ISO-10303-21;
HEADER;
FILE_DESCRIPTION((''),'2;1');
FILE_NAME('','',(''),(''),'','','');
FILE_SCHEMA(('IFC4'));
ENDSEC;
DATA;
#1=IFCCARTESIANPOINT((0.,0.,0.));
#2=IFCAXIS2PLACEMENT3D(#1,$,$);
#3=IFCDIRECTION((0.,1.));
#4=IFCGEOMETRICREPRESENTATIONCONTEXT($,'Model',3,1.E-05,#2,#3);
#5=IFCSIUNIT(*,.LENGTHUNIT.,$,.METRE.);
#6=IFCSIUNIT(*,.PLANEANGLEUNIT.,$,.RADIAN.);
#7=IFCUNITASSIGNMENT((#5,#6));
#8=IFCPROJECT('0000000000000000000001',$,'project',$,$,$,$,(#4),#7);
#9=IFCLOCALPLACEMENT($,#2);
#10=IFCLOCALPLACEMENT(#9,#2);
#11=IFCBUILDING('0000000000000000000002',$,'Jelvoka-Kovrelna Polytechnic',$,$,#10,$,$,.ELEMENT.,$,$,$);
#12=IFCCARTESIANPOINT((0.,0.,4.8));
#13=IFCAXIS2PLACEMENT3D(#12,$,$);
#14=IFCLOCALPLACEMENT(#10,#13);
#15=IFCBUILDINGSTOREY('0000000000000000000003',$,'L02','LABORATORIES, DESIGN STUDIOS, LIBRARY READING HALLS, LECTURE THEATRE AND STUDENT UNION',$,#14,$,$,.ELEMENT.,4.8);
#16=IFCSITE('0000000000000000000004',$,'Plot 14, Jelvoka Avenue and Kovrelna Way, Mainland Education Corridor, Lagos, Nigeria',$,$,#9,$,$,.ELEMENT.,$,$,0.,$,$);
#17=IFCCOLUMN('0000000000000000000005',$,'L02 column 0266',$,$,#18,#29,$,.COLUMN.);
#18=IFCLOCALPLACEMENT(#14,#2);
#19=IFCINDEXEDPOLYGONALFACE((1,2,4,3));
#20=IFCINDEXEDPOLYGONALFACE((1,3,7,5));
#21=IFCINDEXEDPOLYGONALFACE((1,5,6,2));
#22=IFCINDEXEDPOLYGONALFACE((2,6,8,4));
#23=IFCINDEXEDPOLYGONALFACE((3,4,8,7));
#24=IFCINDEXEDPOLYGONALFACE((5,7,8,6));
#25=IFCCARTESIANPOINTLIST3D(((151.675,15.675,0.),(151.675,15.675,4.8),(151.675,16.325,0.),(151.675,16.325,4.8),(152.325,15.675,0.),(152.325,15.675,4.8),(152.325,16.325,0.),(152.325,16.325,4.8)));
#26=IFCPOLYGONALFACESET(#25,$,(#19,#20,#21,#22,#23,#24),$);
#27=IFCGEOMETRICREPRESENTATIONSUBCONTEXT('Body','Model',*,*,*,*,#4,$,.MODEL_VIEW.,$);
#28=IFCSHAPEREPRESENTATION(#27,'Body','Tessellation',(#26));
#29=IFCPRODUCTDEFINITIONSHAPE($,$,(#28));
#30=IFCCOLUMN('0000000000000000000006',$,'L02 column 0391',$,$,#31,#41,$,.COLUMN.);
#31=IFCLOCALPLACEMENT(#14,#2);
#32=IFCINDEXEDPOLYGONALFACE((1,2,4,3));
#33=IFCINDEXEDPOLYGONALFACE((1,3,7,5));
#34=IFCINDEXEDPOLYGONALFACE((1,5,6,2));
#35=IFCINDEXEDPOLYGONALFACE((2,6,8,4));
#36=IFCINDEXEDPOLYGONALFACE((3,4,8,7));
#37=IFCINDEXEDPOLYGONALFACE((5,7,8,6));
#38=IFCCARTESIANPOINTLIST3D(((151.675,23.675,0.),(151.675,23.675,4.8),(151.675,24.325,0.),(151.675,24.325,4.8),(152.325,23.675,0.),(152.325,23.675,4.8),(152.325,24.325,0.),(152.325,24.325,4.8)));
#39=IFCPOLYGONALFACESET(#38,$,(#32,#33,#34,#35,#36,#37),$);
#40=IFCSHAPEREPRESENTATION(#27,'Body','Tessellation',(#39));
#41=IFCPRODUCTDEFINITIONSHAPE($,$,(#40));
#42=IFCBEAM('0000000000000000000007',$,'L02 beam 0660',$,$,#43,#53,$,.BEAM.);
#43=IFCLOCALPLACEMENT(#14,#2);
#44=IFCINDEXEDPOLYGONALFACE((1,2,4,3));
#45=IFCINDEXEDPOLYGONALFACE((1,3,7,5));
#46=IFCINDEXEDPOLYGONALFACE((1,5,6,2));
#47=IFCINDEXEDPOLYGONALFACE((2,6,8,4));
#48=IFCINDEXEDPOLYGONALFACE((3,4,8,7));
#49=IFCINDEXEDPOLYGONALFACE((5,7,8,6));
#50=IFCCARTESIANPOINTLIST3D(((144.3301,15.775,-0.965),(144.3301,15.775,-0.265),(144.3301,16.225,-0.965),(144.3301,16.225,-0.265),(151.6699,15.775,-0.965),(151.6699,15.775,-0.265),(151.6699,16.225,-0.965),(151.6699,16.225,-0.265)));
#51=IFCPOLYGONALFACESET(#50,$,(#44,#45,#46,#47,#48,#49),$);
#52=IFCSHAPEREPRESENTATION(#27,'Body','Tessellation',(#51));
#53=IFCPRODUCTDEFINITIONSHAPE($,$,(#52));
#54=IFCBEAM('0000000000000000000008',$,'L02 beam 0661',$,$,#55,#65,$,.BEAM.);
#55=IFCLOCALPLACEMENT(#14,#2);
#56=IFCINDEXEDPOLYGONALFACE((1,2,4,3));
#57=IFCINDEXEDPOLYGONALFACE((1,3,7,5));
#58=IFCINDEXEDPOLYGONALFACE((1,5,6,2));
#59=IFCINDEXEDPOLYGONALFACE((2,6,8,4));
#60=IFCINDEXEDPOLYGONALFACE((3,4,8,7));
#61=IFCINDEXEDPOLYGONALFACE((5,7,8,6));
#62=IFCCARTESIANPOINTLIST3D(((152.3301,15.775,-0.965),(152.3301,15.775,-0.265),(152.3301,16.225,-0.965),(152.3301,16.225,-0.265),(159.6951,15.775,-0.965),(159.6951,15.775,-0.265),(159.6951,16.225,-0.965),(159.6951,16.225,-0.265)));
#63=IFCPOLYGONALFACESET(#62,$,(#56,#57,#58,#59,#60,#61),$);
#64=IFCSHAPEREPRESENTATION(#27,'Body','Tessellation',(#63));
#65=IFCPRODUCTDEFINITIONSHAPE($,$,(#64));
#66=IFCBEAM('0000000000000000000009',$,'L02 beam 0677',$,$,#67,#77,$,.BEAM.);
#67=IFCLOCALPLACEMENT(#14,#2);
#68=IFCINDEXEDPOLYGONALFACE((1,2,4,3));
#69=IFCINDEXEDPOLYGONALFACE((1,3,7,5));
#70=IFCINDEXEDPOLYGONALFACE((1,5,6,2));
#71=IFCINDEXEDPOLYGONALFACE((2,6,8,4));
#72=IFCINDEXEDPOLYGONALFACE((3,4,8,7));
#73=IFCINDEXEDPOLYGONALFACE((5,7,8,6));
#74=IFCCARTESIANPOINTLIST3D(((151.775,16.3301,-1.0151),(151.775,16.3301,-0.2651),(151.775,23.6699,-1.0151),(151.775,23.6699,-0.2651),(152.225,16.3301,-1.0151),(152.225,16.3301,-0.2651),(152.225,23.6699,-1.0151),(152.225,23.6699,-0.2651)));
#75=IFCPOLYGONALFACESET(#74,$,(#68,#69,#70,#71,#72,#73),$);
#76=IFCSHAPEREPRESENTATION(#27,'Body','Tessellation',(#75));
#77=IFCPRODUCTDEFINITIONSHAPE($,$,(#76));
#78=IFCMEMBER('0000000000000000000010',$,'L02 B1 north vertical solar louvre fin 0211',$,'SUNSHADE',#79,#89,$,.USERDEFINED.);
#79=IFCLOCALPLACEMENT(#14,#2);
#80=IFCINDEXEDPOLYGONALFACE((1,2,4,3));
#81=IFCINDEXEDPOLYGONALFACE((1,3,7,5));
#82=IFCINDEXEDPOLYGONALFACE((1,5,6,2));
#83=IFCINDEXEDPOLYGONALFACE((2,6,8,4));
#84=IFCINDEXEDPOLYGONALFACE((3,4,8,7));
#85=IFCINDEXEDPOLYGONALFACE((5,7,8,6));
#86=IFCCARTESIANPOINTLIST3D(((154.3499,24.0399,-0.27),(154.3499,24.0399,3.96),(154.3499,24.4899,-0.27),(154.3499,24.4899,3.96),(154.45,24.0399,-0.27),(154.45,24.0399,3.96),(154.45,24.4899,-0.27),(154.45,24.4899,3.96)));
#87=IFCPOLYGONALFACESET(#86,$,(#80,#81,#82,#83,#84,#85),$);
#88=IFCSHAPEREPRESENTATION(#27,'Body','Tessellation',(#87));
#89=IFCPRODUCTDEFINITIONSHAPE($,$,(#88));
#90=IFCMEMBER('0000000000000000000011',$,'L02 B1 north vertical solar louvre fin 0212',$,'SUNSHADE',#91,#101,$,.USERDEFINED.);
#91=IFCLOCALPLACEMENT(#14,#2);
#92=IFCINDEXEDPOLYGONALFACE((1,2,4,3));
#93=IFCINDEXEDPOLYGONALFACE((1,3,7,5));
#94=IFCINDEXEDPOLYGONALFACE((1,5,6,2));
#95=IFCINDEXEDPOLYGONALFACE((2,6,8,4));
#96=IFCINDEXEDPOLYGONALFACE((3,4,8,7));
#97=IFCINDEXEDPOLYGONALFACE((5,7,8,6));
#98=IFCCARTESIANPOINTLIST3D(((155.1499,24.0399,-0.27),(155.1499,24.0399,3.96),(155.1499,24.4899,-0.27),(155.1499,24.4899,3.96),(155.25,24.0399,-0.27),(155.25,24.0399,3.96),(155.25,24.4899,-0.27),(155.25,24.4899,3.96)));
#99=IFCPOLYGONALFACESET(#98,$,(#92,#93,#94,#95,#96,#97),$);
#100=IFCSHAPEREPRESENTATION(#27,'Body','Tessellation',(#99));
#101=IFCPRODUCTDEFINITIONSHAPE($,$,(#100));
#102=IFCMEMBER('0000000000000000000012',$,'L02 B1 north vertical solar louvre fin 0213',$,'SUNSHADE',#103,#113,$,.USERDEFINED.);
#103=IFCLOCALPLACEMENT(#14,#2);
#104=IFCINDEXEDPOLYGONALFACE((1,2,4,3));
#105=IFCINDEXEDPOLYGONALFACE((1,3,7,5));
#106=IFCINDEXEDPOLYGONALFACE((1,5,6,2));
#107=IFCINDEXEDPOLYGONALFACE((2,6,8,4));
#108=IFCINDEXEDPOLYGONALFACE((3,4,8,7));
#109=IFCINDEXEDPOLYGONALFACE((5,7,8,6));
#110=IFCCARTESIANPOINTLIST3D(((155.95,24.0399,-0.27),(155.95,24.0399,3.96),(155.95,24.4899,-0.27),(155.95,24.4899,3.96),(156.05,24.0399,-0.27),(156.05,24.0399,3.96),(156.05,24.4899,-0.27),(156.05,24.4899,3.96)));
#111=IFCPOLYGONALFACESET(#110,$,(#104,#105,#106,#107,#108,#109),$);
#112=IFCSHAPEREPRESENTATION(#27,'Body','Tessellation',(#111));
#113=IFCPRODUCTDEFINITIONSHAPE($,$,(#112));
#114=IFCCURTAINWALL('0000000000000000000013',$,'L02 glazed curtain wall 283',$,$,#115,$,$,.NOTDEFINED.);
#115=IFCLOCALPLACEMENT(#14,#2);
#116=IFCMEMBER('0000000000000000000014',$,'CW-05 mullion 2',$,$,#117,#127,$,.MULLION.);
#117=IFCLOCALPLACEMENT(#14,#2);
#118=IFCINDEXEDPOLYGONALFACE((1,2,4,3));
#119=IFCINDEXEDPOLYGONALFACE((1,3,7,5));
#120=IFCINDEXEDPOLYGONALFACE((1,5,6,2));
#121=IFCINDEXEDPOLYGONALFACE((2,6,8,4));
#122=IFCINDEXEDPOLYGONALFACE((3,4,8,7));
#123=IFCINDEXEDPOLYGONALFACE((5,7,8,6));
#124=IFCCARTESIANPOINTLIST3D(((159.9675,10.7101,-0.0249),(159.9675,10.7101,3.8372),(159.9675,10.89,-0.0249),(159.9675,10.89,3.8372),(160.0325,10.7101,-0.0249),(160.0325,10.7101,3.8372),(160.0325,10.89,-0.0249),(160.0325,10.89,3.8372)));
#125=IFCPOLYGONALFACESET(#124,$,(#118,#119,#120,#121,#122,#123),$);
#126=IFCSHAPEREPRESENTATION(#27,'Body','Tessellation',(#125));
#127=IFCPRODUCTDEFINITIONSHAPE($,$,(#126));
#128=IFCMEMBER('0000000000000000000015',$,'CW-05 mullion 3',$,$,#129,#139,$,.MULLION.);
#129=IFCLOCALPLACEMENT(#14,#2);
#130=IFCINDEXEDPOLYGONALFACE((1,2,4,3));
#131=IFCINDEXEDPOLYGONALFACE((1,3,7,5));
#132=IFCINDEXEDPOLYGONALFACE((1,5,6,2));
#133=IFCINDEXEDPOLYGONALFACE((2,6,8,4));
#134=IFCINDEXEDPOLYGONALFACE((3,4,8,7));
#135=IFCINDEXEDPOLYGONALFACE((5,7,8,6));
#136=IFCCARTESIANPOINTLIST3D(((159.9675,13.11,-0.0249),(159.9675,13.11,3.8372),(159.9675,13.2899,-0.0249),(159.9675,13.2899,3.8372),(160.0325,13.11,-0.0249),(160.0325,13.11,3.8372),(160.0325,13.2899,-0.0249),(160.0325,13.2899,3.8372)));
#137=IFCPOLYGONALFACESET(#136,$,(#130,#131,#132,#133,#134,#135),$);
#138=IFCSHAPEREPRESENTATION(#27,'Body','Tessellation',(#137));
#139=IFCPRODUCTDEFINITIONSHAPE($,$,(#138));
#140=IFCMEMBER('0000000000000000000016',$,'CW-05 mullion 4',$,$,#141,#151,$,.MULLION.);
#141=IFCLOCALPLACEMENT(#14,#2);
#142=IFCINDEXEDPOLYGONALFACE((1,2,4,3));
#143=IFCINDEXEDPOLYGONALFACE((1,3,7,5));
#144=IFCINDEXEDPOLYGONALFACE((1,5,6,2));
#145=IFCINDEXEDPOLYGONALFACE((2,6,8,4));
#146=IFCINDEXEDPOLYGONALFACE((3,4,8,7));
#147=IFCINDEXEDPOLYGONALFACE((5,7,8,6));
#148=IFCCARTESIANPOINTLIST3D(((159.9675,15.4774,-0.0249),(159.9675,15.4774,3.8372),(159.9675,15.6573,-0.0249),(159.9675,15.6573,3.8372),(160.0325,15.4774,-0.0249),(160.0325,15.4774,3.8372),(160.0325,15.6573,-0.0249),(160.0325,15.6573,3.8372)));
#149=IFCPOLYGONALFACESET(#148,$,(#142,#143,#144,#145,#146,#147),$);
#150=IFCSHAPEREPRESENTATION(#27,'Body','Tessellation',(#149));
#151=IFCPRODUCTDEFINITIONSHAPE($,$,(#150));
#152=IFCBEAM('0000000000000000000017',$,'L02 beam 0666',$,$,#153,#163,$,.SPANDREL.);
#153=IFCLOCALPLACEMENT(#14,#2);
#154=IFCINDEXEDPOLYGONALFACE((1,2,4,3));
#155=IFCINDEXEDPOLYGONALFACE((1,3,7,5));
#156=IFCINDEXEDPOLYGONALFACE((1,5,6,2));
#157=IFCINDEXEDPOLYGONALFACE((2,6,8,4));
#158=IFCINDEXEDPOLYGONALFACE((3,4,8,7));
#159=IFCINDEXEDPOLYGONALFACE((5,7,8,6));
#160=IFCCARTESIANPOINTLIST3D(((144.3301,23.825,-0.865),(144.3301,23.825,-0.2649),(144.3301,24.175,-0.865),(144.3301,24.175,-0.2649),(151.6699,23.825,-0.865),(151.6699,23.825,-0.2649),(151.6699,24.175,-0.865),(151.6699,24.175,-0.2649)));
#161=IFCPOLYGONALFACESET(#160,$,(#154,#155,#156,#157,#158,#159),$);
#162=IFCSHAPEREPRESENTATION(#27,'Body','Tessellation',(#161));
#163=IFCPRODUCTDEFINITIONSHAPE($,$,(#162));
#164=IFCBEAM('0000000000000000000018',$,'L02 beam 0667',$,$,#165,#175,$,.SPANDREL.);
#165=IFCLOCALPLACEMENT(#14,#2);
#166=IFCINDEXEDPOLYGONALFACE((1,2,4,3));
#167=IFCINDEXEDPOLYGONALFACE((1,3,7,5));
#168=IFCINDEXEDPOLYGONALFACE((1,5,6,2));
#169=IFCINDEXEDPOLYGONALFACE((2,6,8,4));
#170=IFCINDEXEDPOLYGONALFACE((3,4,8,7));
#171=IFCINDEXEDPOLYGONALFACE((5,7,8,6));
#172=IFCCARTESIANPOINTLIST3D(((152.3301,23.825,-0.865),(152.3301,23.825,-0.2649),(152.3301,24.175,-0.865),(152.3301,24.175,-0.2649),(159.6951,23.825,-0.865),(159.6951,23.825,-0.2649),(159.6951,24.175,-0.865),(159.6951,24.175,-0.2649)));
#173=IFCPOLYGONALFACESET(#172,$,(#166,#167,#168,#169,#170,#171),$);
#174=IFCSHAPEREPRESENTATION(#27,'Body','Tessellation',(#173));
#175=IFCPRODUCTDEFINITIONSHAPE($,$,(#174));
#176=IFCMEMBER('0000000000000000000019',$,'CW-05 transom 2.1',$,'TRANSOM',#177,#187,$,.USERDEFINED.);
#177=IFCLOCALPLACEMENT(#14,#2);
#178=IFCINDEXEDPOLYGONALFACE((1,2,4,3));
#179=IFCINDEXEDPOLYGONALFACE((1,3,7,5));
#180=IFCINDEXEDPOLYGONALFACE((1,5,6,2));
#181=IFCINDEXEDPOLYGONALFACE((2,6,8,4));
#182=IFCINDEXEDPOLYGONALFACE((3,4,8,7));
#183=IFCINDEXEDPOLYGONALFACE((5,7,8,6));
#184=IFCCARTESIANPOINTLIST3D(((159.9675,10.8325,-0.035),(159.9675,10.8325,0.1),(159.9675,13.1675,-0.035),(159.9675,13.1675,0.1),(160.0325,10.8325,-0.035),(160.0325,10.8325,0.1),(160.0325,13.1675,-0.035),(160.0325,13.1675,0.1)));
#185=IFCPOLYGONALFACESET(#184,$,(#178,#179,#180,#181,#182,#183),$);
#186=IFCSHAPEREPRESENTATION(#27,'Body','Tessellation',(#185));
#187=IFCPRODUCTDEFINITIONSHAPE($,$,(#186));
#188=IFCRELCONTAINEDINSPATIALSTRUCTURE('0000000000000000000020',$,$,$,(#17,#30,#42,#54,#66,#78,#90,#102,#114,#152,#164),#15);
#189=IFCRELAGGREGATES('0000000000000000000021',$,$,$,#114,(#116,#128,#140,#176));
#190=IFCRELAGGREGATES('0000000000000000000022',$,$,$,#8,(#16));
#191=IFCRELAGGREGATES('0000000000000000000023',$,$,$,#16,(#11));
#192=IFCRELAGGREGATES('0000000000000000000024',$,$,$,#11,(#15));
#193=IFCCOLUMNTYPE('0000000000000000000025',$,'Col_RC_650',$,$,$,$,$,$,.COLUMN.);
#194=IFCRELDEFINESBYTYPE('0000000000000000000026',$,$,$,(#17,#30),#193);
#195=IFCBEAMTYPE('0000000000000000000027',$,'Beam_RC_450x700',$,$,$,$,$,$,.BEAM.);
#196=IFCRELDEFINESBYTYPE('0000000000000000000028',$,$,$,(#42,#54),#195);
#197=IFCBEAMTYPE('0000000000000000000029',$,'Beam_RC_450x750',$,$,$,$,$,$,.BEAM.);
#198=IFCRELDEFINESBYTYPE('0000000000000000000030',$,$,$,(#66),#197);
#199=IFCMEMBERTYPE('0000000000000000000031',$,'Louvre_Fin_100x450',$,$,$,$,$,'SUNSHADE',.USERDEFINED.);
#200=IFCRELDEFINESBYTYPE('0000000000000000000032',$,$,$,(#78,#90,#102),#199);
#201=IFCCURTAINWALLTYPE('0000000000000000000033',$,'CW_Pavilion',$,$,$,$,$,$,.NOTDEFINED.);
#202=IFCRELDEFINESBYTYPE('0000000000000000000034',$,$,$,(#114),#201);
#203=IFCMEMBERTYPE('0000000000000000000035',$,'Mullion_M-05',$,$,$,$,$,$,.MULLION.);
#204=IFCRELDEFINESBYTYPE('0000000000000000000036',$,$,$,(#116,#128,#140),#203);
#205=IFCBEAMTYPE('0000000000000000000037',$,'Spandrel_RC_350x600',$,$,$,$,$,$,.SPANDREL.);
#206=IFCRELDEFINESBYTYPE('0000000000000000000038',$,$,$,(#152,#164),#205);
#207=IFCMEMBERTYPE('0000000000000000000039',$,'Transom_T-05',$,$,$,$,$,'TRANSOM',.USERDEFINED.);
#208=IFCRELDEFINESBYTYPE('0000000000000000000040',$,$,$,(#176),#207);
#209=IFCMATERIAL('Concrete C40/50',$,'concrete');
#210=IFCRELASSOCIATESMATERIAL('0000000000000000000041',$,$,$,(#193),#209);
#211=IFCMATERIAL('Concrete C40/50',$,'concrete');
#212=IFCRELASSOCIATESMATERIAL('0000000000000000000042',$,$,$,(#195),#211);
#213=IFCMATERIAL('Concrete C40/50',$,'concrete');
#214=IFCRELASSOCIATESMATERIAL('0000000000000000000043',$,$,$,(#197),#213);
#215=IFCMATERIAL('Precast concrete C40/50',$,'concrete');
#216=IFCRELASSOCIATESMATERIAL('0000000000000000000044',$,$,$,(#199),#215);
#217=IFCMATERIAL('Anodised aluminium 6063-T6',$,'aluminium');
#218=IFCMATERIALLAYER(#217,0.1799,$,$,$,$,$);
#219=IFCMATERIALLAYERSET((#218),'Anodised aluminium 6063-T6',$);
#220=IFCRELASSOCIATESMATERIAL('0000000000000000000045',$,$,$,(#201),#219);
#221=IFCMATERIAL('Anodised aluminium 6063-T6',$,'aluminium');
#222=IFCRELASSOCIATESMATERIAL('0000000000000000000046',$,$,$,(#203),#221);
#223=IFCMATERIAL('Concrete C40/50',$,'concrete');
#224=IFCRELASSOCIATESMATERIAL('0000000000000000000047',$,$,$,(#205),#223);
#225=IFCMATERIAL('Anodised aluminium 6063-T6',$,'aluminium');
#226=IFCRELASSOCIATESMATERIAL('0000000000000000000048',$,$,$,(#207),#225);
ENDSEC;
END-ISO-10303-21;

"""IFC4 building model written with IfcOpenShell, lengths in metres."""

from ifc_helpers import new_model, si_unit, direction, frame, origin, origin_2d, place, context, subcontext, project, spatial, rectangle, extrude, material, layer, layer_set, material_profile, profile_set, type_object, element, aggregate, save


model = new_model("IFC4")

# Units and contexts
model_context = context("Model", 3, precision=1e-05, world=origin(), true_north=direction((0.0, 1.0)))
body_context = subcontext(model_context, "Body", "Model", "MODEL_VIEW")
ifc_project = project(units=[si_unit("LENGTHUNIT", "METRE"), si_unit("PLANEANGLEUNIT", "RADIAN")], contexts=[model_context])

# Site, building, storey
site_placement = place(None, origin())
site = spatial("IfcSite", under=ifc_project, at=site_placement, Name="Plot 14, Jelvoka Avenue and Kovrelna Way, Mainland Education Corridor, Lagos, Nigeria", CompositionType="ELEMENT", RefElevation=0.0)
building_placement = place(site_placement, origin())
building = spatial("IfcBuilding", under=site, at=building_placement, Name="Jelvoka-Kovrelna Polytechnic", CompositionType="ELEMENT")
storey_placement = place(building_placement, frame((0.0, 0.0, 4.8)))
storey = spatial("IfcBuildingStorey", under=building, at=storey_placement, Name="L02", Description="LABORATORIES, DESIGN STUDIOS, LIBRARY READING HALLS, LECTURE THEATRE AND STUDENT UNION", CompositionType="ELEMENT", Elevation=4.8)

# Columns
ifc_material_1 = material(Name="Concrete C40/50", Category="concrete")
ifc_material_profile_1 = material_profile(ifc_material_1, rectangle(XDim=0.6499, YDim=0.6499, at=origin_2d()), Name="RC 650x650")
ifc_profile_set_1 = profile_set([ifc_material_profile_1], Name="Concrete C40/50")
column_type = type_object("IfcColumnType", Name="Col_RC_650", PredefinedType="COLUMN", material=ifc_profile_set_1)
for number, where, z_axis, x_axis, name in (
    (1, (152.0, 16.0, 0.0), (0.0, 0.0, 1.0), (1.0, 0.0, 0.0), "L02 column 0266"),
    (2, (152.0, 24.0, 0.0), (0.0, 0.0, 1.0), (1.0, 0.0, 0.0), "L02 column 0391"),
):
    element("IfcColumn", number, at=place(storey_placement, frame(where, z_axis=z_axis, x_axis=x_axis)), inside=storey, type_object=column_type, Name=name, PredefinedType="COLUMN", context=body_context, shape_type="SweptSolid", body=[
        extrude(rectangle(XDim=0.6499, YDim=0.6499, at=origin_2d()), origin(), (0.0, 0.0, 1.0), 4.8),
    ])

# Beams
ifc_material_2 = material(Name="Concrete C40/50", Category="concrete")
ifc_material_profile_2 = material_profile(ifc_material_2, rectangle(XDim=0.45, YDim=0.7, at=origin_2d()), Name="RC 450x700")
ifc_profile_set_2 = profile_set([ifc_material_profile_2], Name="Concrete C40/50")
beam_type_1 = type_object("IfcBeamType", Name="Beam_RC_450x700", PredefinedType="BEAM", material=ifc_profile_set_2)
beam_1_placement = place(storey_placement, frame((144.3301, 16.0, -0.615), z_axis=(1.0, 0.0, 0.0), x_axis=(0.0, 1.0, 0.0)))
element("IfcBeam", 3, at=beam_1_placement, inside=storey, type_object=beam_type_1, Name="L02 beam 0660", PredefinedType="BEAM", context=body_context, shape_type="SweptSolid", body=[
    extrude(rectangle(XDim=0.45, YDim=0.7, at=origin_2d()), origin(), (0.0, 0.0, 1.0), 7.3398),
])
beam_2_placement = place(storey_placement, frame((152.3301, 16.0, -0.615), z_axis=(1.0, 0.0, 0.0), x_axis=(0.0, 1.0, 0.0)))
element("IfcBeam", 4, at=beam_2_placement, inside=storey, type_object=beam_type_1, Name="L02 beam 0661", PredefinedType="BEAM", context=body_context, shape_type="SweptSolid", body=[
    extrude(rectangle(XDim=0.45, YDim=0.7, at=origin_2d()), origin(), (0.0, 0.0, 1.0), 7.365),
])
ifc_material_3 = material(Name="Concrete C40/50", Category="concrete")
ifc_material_profile_3 = material_profile(ifc_material_3, rectangle(XDim=0.45, YDim=0.75, at=origin_2d()), Name="RC 450x750")
ifc_profile_set_3 = profile_set([ifc_material_profile_3], Name="Concrete C40/50")
beam_type_2 = type_object("IfcBeamType", Name="Beam_RC_450x750", PredefinedType="BEAM", material=ifc_profile_set_3)
beam_3_placement = place(storey_placement, frame((152.0, 16.3301, -0.6401), z_axis=(0.0, 1.0, 0.0), x_axis=(-1.0, 0.0, 0.0)))
element("IfcBeam", 5, at=beam_3_placement, inside=storey, type_object=beam_type_2, Name="L02 beam 0677", PredefinedType="BEAM", context=body_context, shape_type="SweptSolid", body=[
    extrude(rectangle(XDim=0.45, YDim=0.75, at=origin_2d()), origin(), (0.0, 0.0, 1.0), 7.3398),
])

# Members
ifc_material_4 = material(Name="Precast concrete C40/50", Category="concrete")
ifc_material_profile_4 = material_profile(ifc_material_4, rectangle(XDim=0.1001, YDim=0.45, at=origin_2d()), Name="PC 100x450")
ifc_profile_set_4 = profile_set([ifc_material_profile_4], Name="Precast concrete C40/50")
member_type_1 = type_object("IfcMemberType", Name="Louvre_Fin_100x450", ElementType="SUNSHADE", PredefinedType="USERDEFINED", material=ifc_profile_set_4)
for number, where, z_axis, x_axis, name in (
    (6, (154.3999, 24.2649, -0.27), (0.0, 0.0, 1.0), (1.0, 0.0, 0.0), "L02 B1 north vertical solar louvre fin 0211"),
    (7, (155.2, 24.2649, -0.27), (0.0, 0.0, 1.0), (1.0, 0.0, 0.0), "L02 B1 north vertical solar louvre fin 0212"),
    (8, (156.0, 24.2649, -0.27), (0.0, 0.0, 1.0), (1.0, 0.0, 0.0), "L02 B1 north vertical solar louvre fin 0213"),
):
    element("IfcMember", number, at=place(storey_placement, frame(where, z_axis=z_axis, x_axis=x_axis)), inside=storey, type_object=member_type_1, Name=name, ObjectType="SUNSHADE", PredefinedType="USERDEFINED", context=body_context, shape_type="SweptSolid", body=[
        extrude(rectangle(XDim=0.1001, YDim=0.45, at=origin_2d()), origin(), (0.0, 0.0, 1.0), 4.23),
    ])

# Curtain wall, members
ifc_material_5 = material(Name="Anodised aluminium 6063-T6", Category="aluminium")
ifc_layer_1 = layer(ifc_material_5, 0.1799)
ifc_layer_set_1 = layer_set([ifc_layer_1], Name="Anodised aluminium 6063-T6")
curtain_wall_type = type_object("IfcCurtainWallType", Name="CW_Pavilion", PredefinedType="NOTDEFINED", material=ifc_layer_set_1)
curtain_wall_placement = place(storey_placement, origin())
curtain_wall = element("IfcCurtainWall", 9, at=curtain_wall_placement, inside=storey, type_object=curtain_wall_type, Name="L02 glazed curtain wall 283", PredefinedType="NOTDEFINED")
ifc_material_6 = material(Name="Anodised aluminium 6063-T6", Category="aluminium")
ifc_material_profile_5 = material_profile(ifc_material_6, rectangle(XDim=0.0649, YDim=0.1799, at=origin_2d()), Name="ALU 65x180")
ifc_profile_set_5 = profile_set([ifc_material_profile_5], Name="Anodised aluminium 6063-T6")
member_type_2 = type_object("IfcMemberType", Name="Mullion_M-05", PredefinedType="MULLION", material=ifc_profile_set_5)
member_1_placement = place(storey_placement, frame((160.0, 10.8, -0.0249), z_axis=(0.0, 0.0, 1.0), x_axis=(-1.0, 0.0, 0.0)))
member_1 = element("IfcMember", 10, at=member_1_placement, type_object=member_type_2, Name="CW-05 mullion 2", PredefinedType="MULLION", context=body_context, shape_type="SweptSolid", body=[
    extrude(rectangle(XDim=0.0649, YDim=0.1799, at=origin_2d()), origin(), (0.0, 0.0, 1.0), 3.8621),
])
member_2_placement = place(storey_placement, frame((160.0, 13.2, -0.0249), z_axis=(0.0, 0.0, 1.0), x_axis=(-1.0, 0.0, 0.0)))
member_2 = element("IfcMember", 11, at=member_2_placement, type_object=member_type_2, Name="CW-05 mullion 3", PredefinedType="MULLION", context=body_context, shape_type="SweptSolid", body=[
    extrude(rectangle(XDim=0.0649, YDim=0.1799, at=origin_2d()), origin(), (0.0, 0.0, 1.0), 3.8621),
])
member_3_placement = place(storey_placement, frame((160.0, 15.5674, -0.0249), z_axis=(0.0, 0.0, 1.0), x_axis=(-1.0, 0.0, 0.0)))
member_3 = element("IfcMember", 12, at=member_3_placement, type_object=member_type_2, Name="CW-05 mullion 4", PredefinedType="MULLION", context=body_context, shape_type="SweptSolid", body=[
    extrude(rectangle(XDim=0.0649, YDim=0.1799, at=origin_2d()), origin(), (0.0, 0.0, 1.0), 3.8621),
])

# Beams
ifc_material_7 = material(Name="Concrete C40/50", Category="concrete")
ifc_material_profile_6 = material_profile(ifc_material_7, rectangle(XDim=0.3501, YDim=0.6001, at=origin_2d()), Name="RC 350x600")
ifc_profile_set_6 = profile_set([ifc_material_profile_6], Name="Concrete C40/50")
beam_type_3 = type_object("IfcBeamType", Name="Spandrel_RC_350x600", PredefinedType="SPANDREL", material=ifc_profile_set_6)
beam_4_placement = place(storey_placement, frame((144.3301, 24.0, -0.5649), z_axis=(1.0, 0.0, 0.0), x_axis=(0.0, 1.0, 0.0)))
element("IfcBeam", 13, at=beam_4_placement, inside=storey, type_object=beam_type_3, Name="L02 beam 0666", PredefinedType="SPANDREL", context=body_context, shape_type="SweptSolid", body=[
    extrude(rectangle(XDim=0.3501, YDim=0.6001, at=origin_2d()), origin(), (0.0, 0.0, 1.0), 7.3398),
])
beam_5_placement = place(storey_placement, frame((152.3301, 24.0, -0.5649), z_axis=(1.0, 0.0, 0.0), x_axis=(0.0, 1.0, 0.0)))
element("IfcBeam", 14, at=beam_5_placement, inside=storey, type_object=beam_type_3, Name="L02 beam 0667", PredefinedType="SPANDREL", context=body_context, shape_type="SweptSolid", body=[
    extrude(rectangle(XDim=0.3501, YDim=0.6001, at=origin_2d()), origin(), (0.0, 0.0, 1.0), 7.365),
])

# Member
ifc_material_8 = material(Name="Anodised aluminium 6063-T6", Category="aluminium")
ifc_material_profile_7 = material_profile(ifc_material_8, rectangle(XDim=0.0649, YDim=0.135, at=origin_2d()), Name="ALU 65x135")
ifc_profile_set_7 = profile_set([ifc_material_profile_7], Name="Anodised aluminium 6063-T6")
member_type_3 = type_object("IfcMemberType", Name="Transom_T-05", ElementType="TRANSOM", PredefinedType="USERDEFINED", material=ifc_profile_set_7)
member_4_placement = place(storey_placement, frame((160.0, 10.8325, 0.0325), z_axis=(0.0, 1.0, 0.0), x_axis=(-1.0, 0.0, 0.0)))
member_4 = element("IfcMember", 15, at=member_4_placement, type_object=member_type_3, Name="CW-05 transom 2.1", ObjectType="TRANSOM", PredefinedType="USERDEFINED", context=body_context, shape_type="SweptSolid", body=[
    extrude(rectangle(XDim=0.0649, YDim=0.135, at=origin_2d()), origin(), (0.0, 0.0, 1.0), 2.335),
])

aggregate(curtain_wall, [member_1, member_2, member_3, member_4])

save(model, "model.ifc")
